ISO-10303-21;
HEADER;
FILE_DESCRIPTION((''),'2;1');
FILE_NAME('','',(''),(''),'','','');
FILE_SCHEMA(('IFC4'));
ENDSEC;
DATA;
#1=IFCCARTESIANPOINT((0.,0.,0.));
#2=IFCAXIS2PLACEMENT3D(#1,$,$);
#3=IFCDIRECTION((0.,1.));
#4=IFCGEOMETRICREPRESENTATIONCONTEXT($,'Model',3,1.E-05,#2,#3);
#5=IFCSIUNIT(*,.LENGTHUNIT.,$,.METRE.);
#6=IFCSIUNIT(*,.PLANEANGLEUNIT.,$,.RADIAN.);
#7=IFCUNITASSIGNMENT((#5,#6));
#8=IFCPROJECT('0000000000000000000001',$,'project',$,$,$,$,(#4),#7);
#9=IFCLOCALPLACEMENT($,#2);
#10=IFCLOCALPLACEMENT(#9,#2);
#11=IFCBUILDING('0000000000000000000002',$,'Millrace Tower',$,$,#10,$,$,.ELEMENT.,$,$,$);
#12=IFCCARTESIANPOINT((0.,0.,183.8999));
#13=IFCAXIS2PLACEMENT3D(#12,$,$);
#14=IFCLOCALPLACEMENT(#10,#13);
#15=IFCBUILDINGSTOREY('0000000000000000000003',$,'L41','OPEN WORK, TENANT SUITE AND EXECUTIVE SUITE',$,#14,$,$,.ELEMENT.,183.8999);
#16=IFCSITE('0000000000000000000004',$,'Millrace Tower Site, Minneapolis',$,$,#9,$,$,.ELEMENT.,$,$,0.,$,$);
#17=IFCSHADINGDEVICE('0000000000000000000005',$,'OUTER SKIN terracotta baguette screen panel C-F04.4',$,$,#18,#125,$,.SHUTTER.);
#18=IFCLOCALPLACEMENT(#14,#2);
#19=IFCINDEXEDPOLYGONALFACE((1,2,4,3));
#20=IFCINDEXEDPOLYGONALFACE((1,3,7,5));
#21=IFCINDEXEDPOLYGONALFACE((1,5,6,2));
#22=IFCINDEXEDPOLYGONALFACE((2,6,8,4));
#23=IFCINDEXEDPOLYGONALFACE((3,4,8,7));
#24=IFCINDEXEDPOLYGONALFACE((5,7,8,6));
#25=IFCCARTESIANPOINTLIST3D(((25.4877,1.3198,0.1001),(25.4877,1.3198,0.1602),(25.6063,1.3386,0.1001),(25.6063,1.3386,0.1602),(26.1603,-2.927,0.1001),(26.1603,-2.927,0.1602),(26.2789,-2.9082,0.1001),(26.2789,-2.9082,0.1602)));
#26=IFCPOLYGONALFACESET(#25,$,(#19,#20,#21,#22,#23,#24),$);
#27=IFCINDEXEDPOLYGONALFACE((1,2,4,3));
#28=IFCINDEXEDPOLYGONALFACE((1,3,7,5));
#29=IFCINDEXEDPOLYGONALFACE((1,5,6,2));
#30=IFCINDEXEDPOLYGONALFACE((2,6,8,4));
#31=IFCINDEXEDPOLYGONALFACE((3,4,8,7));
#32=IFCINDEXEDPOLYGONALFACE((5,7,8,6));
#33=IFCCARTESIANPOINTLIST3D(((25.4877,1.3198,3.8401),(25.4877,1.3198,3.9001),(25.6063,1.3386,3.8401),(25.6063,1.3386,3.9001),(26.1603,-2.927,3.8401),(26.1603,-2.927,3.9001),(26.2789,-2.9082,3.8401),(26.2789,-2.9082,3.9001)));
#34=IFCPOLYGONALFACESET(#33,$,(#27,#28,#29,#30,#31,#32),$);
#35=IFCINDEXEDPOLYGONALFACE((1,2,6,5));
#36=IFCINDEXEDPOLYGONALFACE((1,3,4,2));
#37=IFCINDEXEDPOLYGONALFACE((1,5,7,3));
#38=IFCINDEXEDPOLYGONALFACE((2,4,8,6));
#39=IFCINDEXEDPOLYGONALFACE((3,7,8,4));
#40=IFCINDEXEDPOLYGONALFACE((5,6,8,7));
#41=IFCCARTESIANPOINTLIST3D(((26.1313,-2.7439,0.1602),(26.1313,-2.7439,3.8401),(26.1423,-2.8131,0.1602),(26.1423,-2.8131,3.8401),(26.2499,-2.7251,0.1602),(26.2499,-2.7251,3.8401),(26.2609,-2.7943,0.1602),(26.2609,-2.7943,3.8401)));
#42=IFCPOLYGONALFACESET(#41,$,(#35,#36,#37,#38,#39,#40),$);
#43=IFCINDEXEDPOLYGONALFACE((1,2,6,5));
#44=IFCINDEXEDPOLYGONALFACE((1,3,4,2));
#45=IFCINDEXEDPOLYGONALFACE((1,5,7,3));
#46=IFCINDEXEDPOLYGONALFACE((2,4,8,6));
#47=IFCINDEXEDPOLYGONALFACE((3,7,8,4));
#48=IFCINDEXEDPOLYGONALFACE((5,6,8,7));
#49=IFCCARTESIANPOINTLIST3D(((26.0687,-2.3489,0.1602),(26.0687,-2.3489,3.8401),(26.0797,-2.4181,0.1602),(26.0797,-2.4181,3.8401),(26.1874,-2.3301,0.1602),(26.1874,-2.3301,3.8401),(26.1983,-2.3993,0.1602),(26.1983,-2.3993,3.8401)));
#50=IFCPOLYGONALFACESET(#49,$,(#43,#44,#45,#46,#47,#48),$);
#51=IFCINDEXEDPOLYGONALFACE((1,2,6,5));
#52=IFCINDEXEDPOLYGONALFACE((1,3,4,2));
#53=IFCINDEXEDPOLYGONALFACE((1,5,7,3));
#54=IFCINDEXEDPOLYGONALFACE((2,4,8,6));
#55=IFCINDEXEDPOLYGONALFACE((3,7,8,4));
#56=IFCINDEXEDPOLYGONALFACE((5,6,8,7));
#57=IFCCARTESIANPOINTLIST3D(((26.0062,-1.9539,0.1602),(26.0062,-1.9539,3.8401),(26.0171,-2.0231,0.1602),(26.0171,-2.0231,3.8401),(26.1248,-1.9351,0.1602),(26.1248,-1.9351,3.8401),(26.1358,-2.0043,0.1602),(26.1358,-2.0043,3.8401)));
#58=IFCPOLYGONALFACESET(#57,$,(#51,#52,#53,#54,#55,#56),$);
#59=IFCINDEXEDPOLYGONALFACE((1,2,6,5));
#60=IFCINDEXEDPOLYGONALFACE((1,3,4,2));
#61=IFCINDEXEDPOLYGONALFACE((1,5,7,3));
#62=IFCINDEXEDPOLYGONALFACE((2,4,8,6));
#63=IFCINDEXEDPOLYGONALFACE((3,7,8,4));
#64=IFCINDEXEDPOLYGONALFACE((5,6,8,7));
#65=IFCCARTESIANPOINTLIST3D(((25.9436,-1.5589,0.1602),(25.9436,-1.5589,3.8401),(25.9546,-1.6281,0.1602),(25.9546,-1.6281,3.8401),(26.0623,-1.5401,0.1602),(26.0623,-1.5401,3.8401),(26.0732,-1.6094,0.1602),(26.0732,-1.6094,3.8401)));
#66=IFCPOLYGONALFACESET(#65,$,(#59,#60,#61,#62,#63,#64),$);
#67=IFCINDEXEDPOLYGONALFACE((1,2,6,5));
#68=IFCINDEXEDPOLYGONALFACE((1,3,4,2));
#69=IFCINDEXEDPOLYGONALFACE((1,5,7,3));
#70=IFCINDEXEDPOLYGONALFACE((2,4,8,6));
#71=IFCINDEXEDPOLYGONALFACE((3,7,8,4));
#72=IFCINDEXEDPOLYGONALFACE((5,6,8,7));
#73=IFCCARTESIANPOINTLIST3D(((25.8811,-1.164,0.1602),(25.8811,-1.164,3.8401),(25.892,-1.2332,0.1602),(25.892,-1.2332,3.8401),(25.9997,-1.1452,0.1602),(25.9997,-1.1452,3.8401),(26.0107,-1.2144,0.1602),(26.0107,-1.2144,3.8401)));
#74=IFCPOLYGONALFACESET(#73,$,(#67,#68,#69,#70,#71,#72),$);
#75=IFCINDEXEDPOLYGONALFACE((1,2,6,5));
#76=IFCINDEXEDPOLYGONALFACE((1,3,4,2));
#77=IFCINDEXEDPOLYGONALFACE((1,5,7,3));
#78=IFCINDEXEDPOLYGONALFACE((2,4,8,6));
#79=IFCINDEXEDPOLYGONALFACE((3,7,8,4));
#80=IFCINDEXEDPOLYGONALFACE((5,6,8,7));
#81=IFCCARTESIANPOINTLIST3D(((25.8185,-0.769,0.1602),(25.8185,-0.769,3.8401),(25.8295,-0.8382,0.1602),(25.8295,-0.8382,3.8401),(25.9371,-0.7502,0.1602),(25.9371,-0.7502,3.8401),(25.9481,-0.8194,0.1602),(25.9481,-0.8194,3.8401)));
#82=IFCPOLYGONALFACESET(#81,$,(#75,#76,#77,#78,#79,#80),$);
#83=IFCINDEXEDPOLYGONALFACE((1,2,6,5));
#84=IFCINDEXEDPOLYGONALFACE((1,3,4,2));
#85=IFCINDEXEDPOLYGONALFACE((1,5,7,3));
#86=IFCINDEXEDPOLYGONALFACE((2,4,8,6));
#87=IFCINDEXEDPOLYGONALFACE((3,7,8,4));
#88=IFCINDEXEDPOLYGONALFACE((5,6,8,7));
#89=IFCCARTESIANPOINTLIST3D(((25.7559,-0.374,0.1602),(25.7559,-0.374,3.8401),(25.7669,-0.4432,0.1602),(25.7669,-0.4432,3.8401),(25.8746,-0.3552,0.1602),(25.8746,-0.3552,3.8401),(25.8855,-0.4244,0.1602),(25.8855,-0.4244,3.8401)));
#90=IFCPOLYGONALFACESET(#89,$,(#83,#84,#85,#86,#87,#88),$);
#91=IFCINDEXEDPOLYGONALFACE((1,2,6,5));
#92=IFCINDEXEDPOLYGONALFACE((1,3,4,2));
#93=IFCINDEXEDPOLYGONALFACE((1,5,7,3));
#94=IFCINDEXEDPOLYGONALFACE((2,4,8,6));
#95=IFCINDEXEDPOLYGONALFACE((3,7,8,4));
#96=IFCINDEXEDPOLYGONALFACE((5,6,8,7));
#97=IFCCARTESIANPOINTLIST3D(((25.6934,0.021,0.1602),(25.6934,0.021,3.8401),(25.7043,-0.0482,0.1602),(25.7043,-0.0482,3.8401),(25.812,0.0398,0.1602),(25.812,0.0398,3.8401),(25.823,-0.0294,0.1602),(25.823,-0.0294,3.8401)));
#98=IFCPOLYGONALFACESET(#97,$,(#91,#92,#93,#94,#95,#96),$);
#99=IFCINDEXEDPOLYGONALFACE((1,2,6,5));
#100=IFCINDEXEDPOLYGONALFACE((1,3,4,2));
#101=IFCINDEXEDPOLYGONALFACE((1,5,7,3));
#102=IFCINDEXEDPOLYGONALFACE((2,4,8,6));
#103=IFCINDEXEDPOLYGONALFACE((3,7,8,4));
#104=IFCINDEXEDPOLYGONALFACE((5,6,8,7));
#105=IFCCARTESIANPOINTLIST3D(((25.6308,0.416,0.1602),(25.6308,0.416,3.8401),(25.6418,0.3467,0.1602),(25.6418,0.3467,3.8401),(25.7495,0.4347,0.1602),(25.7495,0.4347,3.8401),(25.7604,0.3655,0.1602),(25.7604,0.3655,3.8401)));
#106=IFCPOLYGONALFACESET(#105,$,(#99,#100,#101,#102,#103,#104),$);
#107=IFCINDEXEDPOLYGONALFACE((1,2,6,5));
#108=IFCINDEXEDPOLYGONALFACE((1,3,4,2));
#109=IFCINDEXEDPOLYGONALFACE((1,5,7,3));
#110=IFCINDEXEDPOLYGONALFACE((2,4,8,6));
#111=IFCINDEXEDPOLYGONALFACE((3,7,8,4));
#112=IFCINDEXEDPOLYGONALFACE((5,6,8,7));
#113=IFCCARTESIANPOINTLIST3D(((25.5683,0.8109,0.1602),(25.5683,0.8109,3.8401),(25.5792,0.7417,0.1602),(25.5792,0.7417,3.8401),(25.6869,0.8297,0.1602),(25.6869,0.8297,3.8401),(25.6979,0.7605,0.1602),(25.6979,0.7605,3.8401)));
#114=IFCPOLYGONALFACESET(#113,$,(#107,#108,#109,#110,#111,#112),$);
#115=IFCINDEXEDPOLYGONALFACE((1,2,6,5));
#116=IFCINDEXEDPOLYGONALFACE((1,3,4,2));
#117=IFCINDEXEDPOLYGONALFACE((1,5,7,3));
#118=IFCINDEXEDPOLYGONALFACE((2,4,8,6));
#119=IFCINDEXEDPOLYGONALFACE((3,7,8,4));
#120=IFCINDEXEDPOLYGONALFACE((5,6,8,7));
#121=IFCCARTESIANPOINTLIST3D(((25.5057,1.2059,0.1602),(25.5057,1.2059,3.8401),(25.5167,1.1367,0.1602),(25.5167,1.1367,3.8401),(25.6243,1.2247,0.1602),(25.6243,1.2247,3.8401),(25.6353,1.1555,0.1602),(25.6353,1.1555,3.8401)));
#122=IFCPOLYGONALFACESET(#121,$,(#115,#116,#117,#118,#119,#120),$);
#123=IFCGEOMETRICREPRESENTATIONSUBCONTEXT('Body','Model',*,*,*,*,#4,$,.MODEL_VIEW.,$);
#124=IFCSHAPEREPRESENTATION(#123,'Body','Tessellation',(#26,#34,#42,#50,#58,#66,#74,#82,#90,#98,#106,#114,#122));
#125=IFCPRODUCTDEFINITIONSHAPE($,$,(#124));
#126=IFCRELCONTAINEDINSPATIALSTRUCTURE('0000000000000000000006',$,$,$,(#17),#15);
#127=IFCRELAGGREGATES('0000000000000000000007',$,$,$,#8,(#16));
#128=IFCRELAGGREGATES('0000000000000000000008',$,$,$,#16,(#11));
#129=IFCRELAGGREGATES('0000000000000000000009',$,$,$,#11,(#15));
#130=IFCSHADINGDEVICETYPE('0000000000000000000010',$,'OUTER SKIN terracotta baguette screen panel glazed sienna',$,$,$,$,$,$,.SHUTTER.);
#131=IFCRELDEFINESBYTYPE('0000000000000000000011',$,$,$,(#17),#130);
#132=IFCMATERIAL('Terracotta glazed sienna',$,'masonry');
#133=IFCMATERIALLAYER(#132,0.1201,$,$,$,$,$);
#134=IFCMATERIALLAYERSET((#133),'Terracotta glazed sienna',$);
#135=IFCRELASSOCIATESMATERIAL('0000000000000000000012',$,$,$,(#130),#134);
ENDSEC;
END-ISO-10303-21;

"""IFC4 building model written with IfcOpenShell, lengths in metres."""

from ifc_helpers import new_model, entity, si_unit, direction, frame, frame_2d, origin, origin_2d, place, context, subcontext, project, spatial, rectangle, extrude, source, transform, mapped, material, layer, layer_set, type_object, element, save


model = new_model("IFC4")

# Units and contexts
model_context = context("Model", 3, precision=1e-05, world=origin(), true_north=direction((0.0, 1.0)))
body_context = subcontext(model_context, "Body", "Model", "MODEL_VIEW")
ifc_project = project(units=[si_unit("LENGTHUNIT", "METRE"), si_unit("PLANEANGLEUNIT", "RADIAN")], contexts=[model_context])

# Site, building, storey
site_placement = place(None, origin())
site = spatial("IfcSite", under=ifc_project, at=site_placement, Name="Millrace Tower Site, Minneapolis", CompositionType="ELEMENT", RefElevation=0.0)
building_placement = place(site_placement, origin())
building = spatial("IfcBuilding", under=site, at=building_placement, Name="Millrace Tower", CompositionType="ELEMENT")
storey_placement = place(building_placement, frame((0.0, 0.0, 183.8999)))
storey = spatial("IfcBuildingStorey", under=building, at=storey_placement, Name="L41", Description="OPEN WORK, TENANT SUITE AND EXECUTIVE SUITE", CompositionType="ELEMENT", Elevation=183.8999)

# Shading device
ifc_material_1 = material(Name="Terracotta glazed sienna", Category="masonry")
ifc_layer_1 = layer(ifc_material_1, 0.1201)
ifc_layer_set_1 = layer_set([ifc_layer_1], Name="Terracotta glazed sienna")
shading_device_type = type_object("IfcShadingDeviceType", Name="OUTER SKIN terracotta baguette screen panel glazed sienna", PredefinedType="SHUTTER", material=ifc_layer_set_1)
cartesian_point = entity("IfcCartesianPoint", [-2.1499, 0.0601])
shared_polyline = entity("IfcPolyline", [cartesian_point, entity("IfcCartesianPoint", [2.1499, 0.0601]), entity("IfcCartesianPoint", [2.1499, -0.0601]), entity("IfcCartesianPoint", [-2.1499, -0.0601]), cartesian_point])
shared_shape = source(origin(), body_context, "Body", "SweptSolid", [
    entity("IfcExtrudedAreaSolid", entity("IfcArbitraryClosedProfileDef", "AREA", None, shared_polyline), entity("IfcAxis2Placement3D", entity("IfcCartesianPoint", [0.0, 0.0, 0.0])), entity("IfcDirection", [0.0, 0.0, 1.0]), 0.0601),
    entity("IfcExtrudedAreaSolid", entity("IfcArbitraryClosedProfileDef", "AREA", None, shared_polyline), entity("IfcAxis2Placement3D", entity("IfcCartesianPoint", [0.0, 0.0, 3.74])), entity("IfcDirection", [0.0, 0.0, 1.0]), 0.0601),
    extrude(rectangle(XDim=0.0701, YDim=0.1201, at=frame_2d((-1.9995, 0.0))), frame((0.0, 0.0, 0.0601)), (0.0, 0.0, 1.0), 3.6799),
    extrude(rectangle(XDim=0.0701, YDim=0.1201, at=frame_2d((-1.5996, 0.0))), frame((0.0, 0.0, 0.0601)), (0.0, 0.0, 1.0), 3.6799),
    extrude(rectangle(XDim=0.0701, YDim=0.1201, at=frame_2d((-1.1997, 0.0))), frame((0.0, 0.0, 0.0601)), (0.0, 0.0, 1.0), 3.6799),
    extrude(rectangle(XDim=0.0701, YDim=0.1201, at=frame_2d((-0.7998, 0.0))), frame((0.0, 0.0, 0.0601)), (0.0, 0.0, 1.0), 3.6799),
    extrude(rectangle(XDim=0.0701, YDim=0.1201, at=frame_2d((-0.3999, 0.0))), frame((0.0, 0.0, 0.0601)), (0.0, 0.0, 1.0), 3.6799),
    extrude(rectangle(XDim=0.0701, YDim=0.1201, at=origin_2d()), frame((0.0, 0.0, 0.0601)), (0.0, 0.0, 1.0), 3.6799),
    extrude(rectangle(XDim=0.0701, YDim=0.1201, at=frame_2d((0.3999, 0.0))), frame((0.0, 0.0, 0.0601)), (0.0, 0.0, 1.0), 3.6799),
    extrude(rectangle(XDim=0.0701, YDim=0.1201, at=frame_2d((0.7998, 0.0))), frame((0.0, 0.0, 0.0601)), (0.0, 0.0, 1.0), 3.6799),
    extrude(rectangle(XDim=0.0701, YDim=0.1201, at=frame_2d((1.1997, 0.0))), frame((0.0, 0.0, 0.0601)), (0.0, 0.0, 1.0), 3.6799),
    extrude(rectangle(XDim=0.0701, YDim=0.1201, at=frame_2d((1.5996, 0.0))), frame((0.0, 0.0, 0.0601)), (0.0, 0.0, 1.0), 3.6799),
    extrude(rectangle(XDim=0.0701, YDim=0.1201, at=frame_2d((1.9995, 0.0))), frame((0.0, 0.0, 0.0601)), (0.0, 0.0, 1.0), 3.6799),
])
for number, where, z_axis, x_axis, name in (
    (1, (25.8833, -0.7942, 0.1001), (0.0, 0.0, 1.0), (-0.156434, 0.987688, 0.0), "OUTER SKIN terracotta baguette screen panel C-F04.4"),
):
    element("IfcShadingDevice", number, at=place(storey_placement, frame(where, z_axis=z_axis, x_axis=x_axis)), inside=storey, type_object=shading_device_type, Name=name, PredefinedType="SHUTTER", context=body_context, shape_type="MappedRepresentation", body=[
        mapped(shared_shape, transform((0.0, 0.0, 0.0), scale=1.0)),
    ])

save(model, "model.ifc")
